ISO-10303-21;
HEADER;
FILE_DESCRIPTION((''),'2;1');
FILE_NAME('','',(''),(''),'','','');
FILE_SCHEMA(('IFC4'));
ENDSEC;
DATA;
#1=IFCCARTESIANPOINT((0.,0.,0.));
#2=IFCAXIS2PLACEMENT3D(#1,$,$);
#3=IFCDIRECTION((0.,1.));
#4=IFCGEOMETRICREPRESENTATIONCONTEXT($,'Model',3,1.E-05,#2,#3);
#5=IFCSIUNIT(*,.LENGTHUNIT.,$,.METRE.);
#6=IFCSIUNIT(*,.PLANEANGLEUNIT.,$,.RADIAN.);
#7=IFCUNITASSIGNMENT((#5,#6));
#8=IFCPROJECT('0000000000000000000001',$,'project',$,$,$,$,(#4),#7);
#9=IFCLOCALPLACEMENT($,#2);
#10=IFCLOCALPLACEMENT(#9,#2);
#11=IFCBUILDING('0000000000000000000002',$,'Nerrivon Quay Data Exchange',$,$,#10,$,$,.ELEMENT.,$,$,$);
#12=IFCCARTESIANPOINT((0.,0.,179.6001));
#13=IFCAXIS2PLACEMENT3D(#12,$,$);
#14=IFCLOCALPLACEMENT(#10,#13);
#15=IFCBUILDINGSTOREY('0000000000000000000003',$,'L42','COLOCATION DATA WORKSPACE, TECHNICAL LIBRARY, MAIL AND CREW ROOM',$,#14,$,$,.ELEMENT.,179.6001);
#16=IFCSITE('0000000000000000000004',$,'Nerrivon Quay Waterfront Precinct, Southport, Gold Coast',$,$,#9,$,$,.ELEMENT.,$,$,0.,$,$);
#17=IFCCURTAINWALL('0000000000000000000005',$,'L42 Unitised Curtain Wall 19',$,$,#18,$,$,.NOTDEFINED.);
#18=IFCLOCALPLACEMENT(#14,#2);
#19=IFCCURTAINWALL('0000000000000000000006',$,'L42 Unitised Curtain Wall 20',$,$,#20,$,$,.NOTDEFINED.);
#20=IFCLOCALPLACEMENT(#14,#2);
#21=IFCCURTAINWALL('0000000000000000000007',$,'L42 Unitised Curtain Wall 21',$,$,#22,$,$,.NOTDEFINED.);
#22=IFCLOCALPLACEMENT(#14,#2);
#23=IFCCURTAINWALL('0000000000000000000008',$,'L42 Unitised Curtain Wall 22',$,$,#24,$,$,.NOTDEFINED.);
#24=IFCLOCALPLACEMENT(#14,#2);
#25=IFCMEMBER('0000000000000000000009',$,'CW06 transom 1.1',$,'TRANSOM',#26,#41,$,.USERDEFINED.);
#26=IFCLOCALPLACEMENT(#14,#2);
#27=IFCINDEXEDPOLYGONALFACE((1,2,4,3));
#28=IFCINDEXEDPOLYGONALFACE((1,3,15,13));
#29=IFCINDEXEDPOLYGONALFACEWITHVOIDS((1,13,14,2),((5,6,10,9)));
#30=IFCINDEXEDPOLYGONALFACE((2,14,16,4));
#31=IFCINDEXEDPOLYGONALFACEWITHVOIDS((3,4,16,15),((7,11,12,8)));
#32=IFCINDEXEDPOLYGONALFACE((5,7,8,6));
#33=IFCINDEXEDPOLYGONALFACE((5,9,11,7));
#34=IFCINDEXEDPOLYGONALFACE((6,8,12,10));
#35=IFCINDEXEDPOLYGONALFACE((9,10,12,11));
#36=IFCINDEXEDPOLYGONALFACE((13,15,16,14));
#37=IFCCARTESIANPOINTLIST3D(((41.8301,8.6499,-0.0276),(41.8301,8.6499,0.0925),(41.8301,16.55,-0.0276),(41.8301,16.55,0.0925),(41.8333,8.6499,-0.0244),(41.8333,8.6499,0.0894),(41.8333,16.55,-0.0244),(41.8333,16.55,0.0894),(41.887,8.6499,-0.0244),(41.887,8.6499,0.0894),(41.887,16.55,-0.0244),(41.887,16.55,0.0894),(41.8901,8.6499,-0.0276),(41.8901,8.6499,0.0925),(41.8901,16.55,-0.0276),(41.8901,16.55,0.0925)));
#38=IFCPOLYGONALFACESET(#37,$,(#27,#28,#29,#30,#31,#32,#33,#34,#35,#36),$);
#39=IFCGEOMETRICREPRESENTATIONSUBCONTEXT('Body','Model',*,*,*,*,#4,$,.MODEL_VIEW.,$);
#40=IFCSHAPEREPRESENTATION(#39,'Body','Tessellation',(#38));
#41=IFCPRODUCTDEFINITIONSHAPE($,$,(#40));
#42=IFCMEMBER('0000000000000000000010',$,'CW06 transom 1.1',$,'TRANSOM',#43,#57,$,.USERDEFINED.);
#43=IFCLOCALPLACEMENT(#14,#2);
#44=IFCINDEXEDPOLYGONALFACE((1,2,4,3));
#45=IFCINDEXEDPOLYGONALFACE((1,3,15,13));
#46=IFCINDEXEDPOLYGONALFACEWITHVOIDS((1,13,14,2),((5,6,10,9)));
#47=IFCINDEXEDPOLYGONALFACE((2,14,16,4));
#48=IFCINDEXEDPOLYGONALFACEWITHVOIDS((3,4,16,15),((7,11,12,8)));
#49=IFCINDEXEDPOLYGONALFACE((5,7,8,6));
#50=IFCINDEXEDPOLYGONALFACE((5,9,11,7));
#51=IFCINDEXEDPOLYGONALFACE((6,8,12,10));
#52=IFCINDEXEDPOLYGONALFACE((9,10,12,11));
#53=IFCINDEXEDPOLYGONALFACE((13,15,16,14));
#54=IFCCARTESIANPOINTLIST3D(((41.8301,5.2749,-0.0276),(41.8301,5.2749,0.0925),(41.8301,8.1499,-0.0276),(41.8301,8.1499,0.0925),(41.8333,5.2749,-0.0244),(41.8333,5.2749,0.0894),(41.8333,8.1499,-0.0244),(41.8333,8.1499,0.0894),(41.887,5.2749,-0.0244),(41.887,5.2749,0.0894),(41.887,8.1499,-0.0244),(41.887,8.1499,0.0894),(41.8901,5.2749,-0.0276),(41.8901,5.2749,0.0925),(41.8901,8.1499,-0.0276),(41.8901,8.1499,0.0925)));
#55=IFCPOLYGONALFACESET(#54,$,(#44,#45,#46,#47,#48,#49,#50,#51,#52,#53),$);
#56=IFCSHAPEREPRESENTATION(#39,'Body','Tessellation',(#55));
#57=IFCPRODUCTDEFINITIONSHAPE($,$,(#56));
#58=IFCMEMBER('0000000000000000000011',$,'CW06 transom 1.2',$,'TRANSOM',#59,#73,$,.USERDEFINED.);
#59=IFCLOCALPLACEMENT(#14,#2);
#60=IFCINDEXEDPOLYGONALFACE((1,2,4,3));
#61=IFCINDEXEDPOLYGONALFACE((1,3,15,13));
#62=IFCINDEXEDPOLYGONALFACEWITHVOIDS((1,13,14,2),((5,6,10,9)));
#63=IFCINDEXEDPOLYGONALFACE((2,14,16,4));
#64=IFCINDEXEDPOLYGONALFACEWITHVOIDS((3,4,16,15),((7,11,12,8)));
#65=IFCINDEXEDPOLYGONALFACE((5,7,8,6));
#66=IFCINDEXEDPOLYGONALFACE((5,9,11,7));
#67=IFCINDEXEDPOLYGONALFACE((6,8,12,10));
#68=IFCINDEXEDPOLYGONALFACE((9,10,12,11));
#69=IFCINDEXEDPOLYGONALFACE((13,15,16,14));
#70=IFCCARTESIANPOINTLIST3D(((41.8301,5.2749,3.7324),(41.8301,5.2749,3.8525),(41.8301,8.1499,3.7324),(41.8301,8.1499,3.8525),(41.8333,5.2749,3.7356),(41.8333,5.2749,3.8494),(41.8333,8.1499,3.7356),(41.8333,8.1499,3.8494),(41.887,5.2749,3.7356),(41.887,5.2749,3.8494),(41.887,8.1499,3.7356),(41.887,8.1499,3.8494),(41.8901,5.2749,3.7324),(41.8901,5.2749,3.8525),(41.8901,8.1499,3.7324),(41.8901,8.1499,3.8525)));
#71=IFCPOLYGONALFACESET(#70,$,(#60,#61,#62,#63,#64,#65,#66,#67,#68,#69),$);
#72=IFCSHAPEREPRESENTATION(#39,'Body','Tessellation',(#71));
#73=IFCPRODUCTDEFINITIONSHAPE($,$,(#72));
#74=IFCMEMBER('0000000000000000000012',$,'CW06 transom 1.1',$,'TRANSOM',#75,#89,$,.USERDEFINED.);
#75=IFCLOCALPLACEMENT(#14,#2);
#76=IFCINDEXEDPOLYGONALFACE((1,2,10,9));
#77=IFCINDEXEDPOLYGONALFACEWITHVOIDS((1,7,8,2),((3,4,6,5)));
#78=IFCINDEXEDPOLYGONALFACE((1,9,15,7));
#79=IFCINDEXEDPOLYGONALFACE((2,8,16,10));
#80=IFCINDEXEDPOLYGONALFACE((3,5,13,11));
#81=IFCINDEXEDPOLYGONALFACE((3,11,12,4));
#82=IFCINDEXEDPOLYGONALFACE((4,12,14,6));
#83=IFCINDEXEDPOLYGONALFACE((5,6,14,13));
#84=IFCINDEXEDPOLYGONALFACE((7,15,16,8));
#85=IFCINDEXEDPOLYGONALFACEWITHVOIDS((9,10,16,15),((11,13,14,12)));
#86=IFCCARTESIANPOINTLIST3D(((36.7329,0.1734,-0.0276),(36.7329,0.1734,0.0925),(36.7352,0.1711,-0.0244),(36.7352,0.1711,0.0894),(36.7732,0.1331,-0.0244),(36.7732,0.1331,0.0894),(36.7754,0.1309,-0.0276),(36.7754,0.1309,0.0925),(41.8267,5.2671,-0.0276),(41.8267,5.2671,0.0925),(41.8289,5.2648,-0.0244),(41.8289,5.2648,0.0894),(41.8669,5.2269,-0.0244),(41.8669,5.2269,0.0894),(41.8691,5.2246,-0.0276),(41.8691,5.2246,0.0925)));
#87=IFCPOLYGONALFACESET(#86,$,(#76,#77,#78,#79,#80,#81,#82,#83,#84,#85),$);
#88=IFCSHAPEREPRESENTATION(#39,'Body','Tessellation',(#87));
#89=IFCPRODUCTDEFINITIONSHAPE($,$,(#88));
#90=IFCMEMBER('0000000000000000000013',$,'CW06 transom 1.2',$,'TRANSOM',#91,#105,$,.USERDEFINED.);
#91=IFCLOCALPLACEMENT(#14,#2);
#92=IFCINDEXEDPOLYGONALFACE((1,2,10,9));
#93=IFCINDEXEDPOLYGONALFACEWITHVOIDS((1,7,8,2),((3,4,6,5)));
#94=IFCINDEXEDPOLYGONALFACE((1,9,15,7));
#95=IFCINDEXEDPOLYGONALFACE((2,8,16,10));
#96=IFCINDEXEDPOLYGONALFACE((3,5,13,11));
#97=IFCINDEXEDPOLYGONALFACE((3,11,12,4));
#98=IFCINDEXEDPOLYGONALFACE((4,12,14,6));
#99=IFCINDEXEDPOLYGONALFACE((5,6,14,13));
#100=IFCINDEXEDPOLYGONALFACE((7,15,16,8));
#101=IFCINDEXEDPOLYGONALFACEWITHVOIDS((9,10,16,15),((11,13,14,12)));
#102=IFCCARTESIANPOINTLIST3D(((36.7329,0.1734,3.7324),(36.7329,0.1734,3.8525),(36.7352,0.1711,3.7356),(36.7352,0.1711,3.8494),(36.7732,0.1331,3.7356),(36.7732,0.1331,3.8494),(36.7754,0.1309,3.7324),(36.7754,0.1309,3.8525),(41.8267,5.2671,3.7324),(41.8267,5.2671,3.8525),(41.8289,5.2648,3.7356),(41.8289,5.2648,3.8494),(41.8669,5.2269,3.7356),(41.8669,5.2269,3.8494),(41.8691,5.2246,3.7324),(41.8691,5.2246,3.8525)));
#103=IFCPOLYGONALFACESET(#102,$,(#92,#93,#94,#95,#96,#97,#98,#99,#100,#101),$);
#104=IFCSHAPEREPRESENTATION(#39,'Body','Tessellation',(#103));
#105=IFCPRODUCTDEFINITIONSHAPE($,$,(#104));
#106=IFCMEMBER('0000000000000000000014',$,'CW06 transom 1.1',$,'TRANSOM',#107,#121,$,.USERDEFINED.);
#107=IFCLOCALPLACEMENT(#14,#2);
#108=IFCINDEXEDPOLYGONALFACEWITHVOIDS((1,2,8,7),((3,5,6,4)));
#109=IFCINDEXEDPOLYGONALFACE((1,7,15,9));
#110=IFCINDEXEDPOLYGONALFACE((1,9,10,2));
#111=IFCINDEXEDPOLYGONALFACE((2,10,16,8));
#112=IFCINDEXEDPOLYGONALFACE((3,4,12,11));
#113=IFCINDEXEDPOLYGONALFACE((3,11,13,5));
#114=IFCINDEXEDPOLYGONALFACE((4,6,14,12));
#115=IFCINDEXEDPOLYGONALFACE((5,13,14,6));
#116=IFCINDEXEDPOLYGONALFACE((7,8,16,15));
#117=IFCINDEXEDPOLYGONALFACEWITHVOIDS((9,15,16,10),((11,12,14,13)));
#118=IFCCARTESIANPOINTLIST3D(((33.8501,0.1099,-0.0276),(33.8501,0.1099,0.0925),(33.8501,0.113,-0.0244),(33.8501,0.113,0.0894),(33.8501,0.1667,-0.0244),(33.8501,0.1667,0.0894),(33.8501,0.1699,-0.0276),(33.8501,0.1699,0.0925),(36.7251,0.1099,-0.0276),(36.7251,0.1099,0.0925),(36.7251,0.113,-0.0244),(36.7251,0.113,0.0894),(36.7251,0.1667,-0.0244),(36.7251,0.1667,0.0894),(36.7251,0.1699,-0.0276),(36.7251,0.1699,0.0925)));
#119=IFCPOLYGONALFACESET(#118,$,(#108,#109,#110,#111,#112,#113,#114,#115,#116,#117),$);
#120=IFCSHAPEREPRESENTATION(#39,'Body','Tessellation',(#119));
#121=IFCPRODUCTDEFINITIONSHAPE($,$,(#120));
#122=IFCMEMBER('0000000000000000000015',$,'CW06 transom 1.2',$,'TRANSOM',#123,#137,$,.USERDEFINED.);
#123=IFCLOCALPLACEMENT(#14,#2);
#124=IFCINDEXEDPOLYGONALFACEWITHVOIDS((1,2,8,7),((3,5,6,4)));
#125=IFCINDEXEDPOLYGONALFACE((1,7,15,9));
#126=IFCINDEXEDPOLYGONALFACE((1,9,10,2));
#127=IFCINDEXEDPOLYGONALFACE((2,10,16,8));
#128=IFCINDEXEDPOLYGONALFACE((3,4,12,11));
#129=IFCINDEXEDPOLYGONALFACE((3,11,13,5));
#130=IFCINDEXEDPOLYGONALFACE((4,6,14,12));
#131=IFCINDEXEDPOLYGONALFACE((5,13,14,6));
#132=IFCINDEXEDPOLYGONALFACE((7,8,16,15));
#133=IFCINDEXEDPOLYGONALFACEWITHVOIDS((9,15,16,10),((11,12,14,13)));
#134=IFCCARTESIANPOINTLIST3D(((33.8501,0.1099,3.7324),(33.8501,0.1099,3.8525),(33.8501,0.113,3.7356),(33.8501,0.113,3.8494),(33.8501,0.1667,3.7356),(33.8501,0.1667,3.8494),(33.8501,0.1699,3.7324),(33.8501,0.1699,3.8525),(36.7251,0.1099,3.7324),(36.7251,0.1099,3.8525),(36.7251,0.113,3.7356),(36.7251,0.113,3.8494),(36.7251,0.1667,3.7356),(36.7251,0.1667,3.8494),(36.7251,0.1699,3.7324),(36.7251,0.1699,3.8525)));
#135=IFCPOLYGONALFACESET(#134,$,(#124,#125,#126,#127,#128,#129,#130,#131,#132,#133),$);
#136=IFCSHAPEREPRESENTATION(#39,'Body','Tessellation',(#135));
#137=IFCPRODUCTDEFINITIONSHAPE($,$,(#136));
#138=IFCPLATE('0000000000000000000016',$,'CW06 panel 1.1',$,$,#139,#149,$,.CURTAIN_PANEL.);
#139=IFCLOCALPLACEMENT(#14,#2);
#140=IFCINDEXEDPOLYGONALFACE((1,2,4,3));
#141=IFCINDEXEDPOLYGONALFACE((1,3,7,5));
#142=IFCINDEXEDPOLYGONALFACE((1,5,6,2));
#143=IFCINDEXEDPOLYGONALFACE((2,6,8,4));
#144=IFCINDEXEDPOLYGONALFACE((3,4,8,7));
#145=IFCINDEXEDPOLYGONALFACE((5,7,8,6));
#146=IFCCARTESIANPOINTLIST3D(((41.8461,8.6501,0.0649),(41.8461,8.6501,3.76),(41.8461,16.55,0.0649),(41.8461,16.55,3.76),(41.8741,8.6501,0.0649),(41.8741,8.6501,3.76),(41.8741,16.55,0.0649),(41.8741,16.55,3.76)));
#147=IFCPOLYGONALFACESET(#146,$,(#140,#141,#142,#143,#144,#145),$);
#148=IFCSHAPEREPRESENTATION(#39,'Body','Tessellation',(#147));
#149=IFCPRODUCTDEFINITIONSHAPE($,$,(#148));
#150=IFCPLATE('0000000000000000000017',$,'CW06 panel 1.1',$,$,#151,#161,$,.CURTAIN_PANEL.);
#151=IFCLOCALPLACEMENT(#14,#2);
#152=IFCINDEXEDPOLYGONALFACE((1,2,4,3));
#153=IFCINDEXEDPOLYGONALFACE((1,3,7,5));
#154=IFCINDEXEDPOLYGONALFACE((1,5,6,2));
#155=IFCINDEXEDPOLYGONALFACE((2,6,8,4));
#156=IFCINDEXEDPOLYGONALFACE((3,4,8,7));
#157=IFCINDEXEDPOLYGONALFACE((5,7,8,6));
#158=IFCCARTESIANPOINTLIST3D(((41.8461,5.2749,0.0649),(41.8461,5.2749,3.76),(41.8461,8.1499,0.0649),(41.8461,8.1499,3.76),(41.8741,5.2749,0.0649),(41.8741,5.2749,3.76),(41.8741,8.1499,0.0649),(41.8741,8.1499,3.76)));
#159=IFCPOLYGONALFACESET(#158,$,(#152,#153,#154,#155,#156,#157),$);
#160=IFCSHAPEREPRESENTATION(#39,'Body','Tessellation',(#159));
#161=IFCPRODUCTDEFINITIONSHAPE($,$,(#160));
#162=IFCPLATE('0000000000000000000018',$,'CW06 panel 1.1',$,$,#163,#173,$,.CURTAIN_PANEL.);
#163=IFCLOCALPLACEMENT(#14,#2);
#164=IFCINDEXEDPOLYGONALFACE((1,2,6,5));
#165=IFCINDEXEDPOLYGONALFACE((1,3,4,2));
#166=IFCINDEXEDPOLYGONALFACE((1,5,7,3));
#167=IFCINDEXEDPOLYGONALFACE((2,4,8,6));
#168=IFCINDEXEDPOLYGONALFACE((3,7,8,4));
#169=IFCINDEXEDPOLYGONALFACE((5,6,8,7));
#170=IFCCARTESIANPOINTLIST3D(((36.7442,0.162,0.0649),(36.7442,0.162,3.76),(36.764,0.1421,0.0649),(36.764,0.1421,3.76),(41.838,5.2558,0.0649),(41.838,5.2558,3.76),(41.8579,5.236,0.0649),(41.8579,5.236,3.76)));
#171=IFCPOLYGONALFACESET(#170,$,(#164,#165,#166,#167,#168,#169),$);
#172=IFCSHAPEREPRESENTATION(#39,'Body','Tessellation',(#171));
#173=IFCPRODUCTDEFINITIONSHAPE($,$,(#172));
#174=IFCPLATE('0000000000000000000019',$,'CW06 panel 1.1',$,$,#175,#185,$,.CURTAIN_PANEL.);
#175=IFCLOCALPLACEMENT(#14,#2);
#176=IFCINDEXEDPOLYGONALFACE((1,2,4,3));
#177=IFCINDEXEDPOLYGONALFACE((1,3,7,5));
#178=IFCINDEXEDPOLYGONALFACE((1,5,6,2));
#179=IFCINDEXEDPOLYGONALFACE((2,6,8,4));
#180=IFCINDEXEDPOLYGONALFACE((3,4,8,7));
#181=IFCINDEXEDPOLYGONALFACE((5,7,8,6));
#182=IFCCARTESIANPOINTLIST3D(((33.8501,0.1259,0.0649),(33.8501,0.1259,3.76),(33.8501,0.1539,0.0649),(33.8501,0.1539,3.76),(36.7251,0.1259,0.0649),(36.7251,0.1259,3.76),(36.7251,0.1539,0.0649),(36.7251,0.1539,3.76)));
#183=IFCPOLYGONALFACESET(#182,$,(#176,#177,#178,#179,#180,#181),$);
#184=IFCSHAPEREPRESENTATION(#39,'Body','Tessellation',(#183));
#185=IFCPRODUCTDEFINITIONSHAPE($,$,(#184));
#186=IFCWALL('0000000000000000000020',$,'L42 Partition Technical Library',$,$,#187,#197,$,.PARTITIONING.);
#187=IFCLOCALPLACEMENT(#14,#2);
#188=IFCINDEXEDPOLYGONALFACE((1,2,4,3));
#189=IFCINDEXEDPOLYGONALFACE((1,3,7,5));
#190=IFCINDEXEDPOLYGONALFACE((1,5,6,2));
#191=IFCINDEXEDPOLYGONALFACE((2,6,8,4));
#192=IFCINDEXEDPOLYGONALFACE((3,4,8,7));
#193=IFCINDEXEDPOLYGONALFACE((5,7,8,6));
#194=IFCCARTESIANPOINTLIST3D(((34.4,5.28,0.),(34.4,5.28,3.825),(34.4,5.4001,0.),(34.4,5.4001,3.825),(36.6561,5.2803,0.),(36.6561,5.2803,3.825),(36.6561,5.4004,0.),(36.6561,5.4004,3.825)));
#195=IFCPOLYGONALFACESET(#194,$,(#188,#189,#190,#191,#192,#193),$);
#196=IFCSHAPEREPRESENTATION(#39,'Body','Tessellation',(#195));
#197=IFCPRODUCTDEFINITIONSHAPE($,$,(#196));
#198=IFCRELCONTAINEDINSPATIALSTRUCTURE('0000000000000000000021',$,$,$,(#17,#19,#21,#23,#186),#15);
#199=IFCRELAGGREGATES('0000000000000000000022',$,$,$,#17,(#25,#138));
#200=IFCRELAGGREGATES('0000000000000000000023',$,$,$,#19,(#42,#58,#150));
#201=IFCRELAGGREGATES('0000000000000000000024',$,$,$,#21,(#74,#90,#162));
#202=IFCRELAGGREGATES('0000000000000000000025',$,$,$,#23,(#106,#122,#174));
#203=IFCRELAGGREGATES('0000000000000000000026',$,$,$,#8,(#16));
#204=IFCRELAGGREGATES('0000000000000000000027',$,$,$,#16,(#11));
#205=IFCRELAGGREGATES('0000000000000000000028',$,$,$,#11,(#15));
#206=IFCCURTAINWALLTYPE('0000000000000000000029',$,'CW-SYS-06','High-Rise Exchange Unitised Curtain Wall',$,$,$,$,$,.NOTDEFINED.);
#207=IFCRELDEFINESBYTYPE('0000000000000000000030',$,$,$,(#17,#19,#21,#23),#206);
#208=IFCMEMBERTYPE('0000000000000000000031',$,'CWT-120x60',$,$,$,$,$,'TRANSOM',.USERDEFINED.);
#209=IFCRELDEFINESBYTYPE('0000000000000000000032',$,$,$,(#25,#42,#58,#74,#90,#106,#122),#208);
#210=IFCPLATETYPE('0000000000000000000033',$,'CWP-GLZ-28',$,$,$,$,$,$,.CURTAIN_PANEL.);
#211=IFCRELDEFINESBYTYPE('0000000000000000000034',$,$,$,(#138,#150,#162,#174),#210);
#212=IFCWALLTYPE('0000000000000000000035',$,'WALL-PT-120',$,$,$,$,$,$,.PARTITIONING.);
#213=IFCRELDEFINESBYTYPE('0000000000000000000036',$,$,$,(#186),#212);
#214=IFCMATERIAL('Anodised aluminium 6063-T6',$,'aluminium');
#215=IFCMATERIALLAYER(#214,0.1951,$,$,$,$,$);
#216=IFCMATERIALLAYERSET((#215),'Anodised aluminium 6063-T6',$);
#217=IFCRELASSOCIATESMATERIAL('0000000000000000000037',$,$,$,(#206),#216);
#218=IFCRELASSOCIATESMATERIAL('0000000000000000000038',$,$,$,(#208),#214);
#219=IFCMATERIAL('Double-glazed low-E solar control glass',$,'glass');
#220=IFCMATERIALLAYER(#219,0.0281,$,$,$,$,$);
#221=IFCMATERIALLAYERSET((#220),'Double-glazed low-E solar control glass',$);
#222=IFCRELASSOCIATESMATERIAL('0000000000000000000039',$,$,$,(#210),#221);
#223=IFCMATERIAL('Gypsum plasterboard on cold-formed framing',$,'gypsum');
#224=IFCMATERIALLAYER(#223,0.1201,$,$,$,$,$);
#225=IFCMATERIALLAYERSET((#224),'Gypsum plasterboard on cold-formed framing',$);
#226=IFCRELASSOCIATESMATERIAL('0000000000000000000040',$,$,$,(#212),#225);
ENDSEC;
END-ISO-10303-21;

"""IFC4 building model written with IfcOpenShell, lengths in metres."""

from ifc_helpers import new_model, si_unit, direction, frame, frame_2d, origin, origin_2d, place, context, subcontext, project, spatial, rectangle, hollow_rectangle, extrude, material, layer, layer_set, material_profile, profile_set, type_object, element, aggregate, save


model = new_model("IFC4")

# Units and contexts
model_context = context("Model", 3, precision=1e-05, world=origin(), true_north=direction((0.0, 1.0)))
body_context = subcontext(model_context, "Body", "Model", "MODEL_VIEW")
ifc_project = project(units=[si_unit("LENGTHUNIT", "METRE"), si_unit("PLANEANGLEUNIT", "RADIAN")], contexts=[model_context])

# Site, building, storey
site_placement = place(None, origin())
site = spatial("IfcSite", under=ifc_project, at=site_placement, Name="Nerrivon Quay Waterfront Precinct, Southport, Gold Coast", CompositionType="ELEMENT", RefElevation=0.0)
building_placement = place(site_placement, origin())
building = spatial("IfcBuilding", under=site, at=building_placement, Name="Nerrivon Quay Data Exchange", CompositionType="ELEMENT")
storey_placement = place(building_placement, frame((0.0, 0.0, 179.6001)))
storey = spatial("IfcBuildingStorey", under=building, at=storey_placement, Name="L42", Description="COLOCATION DATA WORKSPACE, TECHNICAL LIBRARY, MAIL AND CREW ROOM", CompositionType="ELEMENT", Elevation=179.6001)

# Curtain wall
ifc_material_1 = material(Name="Anodised aluminium 6063-T6", Category="aluminium")
ifc_layer_1 = layer(ifc_material_1, 0.1951)
ifc_layer_set_1 = layer_set([ifc_layer_1], Name="Anodised aluminium 6063-T6")
curtain_wall_type = type_object("IfcCurtainWallType", Name="CW-SYS-06", Description="High-Rise Exchange Unitised Curtain Wall", PredefinedType="NOTDEFINED", material=ifc_layer_set_1)
curtain_wall_1_placement = place(storey_placement, origin())
curtain_wall_1 = element("IfcCurtainWall", 1, at=curtain_wall_1_placement, inside=storey, type_object=curtain_wall_type, Name="L42 Unitised Curtain Wall 19", PredefinedType="NOTDEFINED")

# Curtain walls
curtain_wall_2_placement = place(storey_placement, origin())
curtain_wall_2 = element("IfcCurtainWall", 2, at=curtain_wall_2_placement, inside=storey, type_object=curtain_wall_type, Name="L42 Unitised Curtain Wall 20", PredefinedType="NOTDEFINED")
curtain_wall_3_placement = place(storey_placement, origin())
curtain_wall_3 = element("IfcCurtainWall", 3, at=curtain_wall_3_placement, inside=storey, type_object=curtain_wall_type, Name="L42 Unitised Curtain Wall 21", PredefinedType="NOTDEFINED")
curtain_wall_4_placement = place(storey_placement, origin())
curtain_wall_4 = element("IfcCurtainWall", 4, at=curtain_wall_4_placement, inside=storey, type_object=curtain_wall_type, Name="L42 Unitised Curtain Wall 22", PredefinedType="NOTDEFINED")

# Members
ifc_material_profile_1 = material_profile(ifc_material_1, hollow_rectangle(XDim=0.0601, YDim=0.1201, WallThickness=0.0032, at=origin_2d()), Name="ALU-TRAN-120x60")
ifc_profile_set_1 = profile_set([ifc_material_profile_1], Name="Anodised aluminium 6063-T6")
member_type_1 = type_object("IfcMemberType", Name="CWT-120x60", ElementType="TRANSOM", PredefinedType="USERDEFINED", material=ifc_profile_set_1)
member_1_placement = place(storey_placement, frame((41.8601, 16.55, 0.0325), z_axis=(0.0, -1.0, 0.0), x_axis=(1.0, 0.0, 0.0)))
member_1 = element("IfcMember", 5, at=member_1_placement, type_object=member_type_1, Name="CW06 transom 1.1", ObjectType="TRANSOM", PredefinedType="USERDEFINED", context=body_context, shape_type="SweptSolid", body=[
    extrude(hollow_rectangle(XDim=0.0601, YDim=0.1201, WallThickness=0.0032, at=origin_2d()), origin(), (0.0, 0.0, 1.0), 7.9001),
])
member_2_placement = place(storey_placement, frame((41.8601, 8.1499, 0.0325), z_axis=(0.0, -1.0, 0.0), x_axis=(1.0, 0.0, 0.0)))
member_2 = element("IfcMember", 6, at=member_2_placement, type_object=member_type_1, Name="CW06 transom 1.1", ObjectType="TRANSOM", PredefinedType="USERDEFINED", context=body_context, shape_type="SweptSolid", body=[
    extrude(hollow_rectangle(XDim=0.0601, YDim=0.1201, WallThickness=0.0032, at=origin_2d()), origin(), (0.0, 0.0, 1.0), 2.875),
])
member_3_placement = place(storey_placement, frame((41.8601, 8.1499, 3.7925), z_axis=(0.0, -1.0, 0.0), x_axis=(1.0, 0.0, 0.0)))
member_3 = element("IfcMember", 7, at=member_3_placement, type_object=member_type_1, Name="CW06 transom 1.2", ObjectType="TRANSOM", PredefinedType="USERDEFINED", context=body_context, shape_type="SweptSolid", body=[
    extrude(hollow_rectangle(XDim=0.0601, YDim=0.1201, WallThickness=0.0032, at=origin_2d()), origin(), (0.0, 0.0, 1.0), 2.875),
])
member_4_placement = place(storey_placement, frame((41.8479, 5.2458, 0.0325), z_axis=(-0.707107, -0.707107, 0.0), x_axis=(0.707107, -0.707107, 0.0)))
member_4 = element("IfcMember", 8, at=member_4_placement, type_object=member_type_1, Name="CW06 transom 1.1", ObjectType="TRANSOM", PredefinedType="USERDEFINED", context=body_context, shape_type="SweptSolid", body=[
    extrude(hollow_rectangle(XDim=0.0601, YDim=0.1201, WallThickness=0.0032, at=origin_2d()), origin(), (0.0, 0.0, 1.0), 7.2036),
])
member_5_placement = place(storey_placement, frame((41.8479, 5.2458, 3.7925), z_axis=(-0.707107, -0.707107, 0.0), x_axis=(0.707107, -0.707107, 0.0)))
member_5 = element("IfcMember", 9, at=member_5_placement, type_object=member_type_1, Name="CW06 transom 1.2", ObjectType="TRANSOM", PredefinedType="USERDEFINED", context=body_context, shape_type="SweptSolid", body=[
    extrude(hollow_rectangle(XDim=0.0601, YDim=0.1201, WallThickness=0.0032, at=origin_2d()), origin(), (0.0, 0.0, 1.0), 7.2036),
])
member_6_placement = place(storey_placement, frame((36.7251, 0.1399, 0.0325), z_axis=(-1.0, 0.0, 0.0), x_axis=(0.0, -1.0, 0.0)))
member_6 = element("IfcMember", 10, at=member_6_placement, type_object=member_type_1, Name="CW06 transom 1.1", ObjectType="TRANSOM", PredefinedType="USERDEFINED", context=body_context, shape_type="SweptSolid", body=[
    extrude(hollow_rectangle(XDim=0.0601, YDim=0.1201, WallThickness=0.0032, at=origin_2d()), origin(), (0.0, 0.0, 1.0), 2.875),
])
member_7_placement = place(storey_placement, frame((36.7251, 0.1399, 3.7925), z_axis=(-1.0, 0.0, 0.0), x_axis=(0.0, -1.0, 0.0)))
member_7 = element("IfcMember", 11, at=member_7_placement, type_object=member_type_1, Name="CW06 transom 1.2", ObjectType="TRANSOM", PredefinedType="USERDEFINED", context=body_context, shape_type="SweptSolid", body=[
    extrude(hollow_rectangle(XDim=0.0601, YDim=0.1201, WallThickness=0.0032, at=origin_2d()), origin(), (0.0, 0.0, 1.0), 2.875),
])

# Plates
ifc_material_2 = material(Name="Double-glazed low-E solar control glass", Category="glass")
ifc_layer_2 = layer(ifc_material_2, 0.0281)
ifc_layer_set_2 = layer_set([ifc_layer_2], Name="Double-glazed low-E solar control glass")
plate_type = type_object("IfcPlateType", Name="CWP-GLZ-28", PredefinedType="CURTAIN_PANEL", material=ifc_layer_set_2)
plate_1_placement = place(storey_placement, frame((41.8601, 12.6001, 0.0649), z_axis=(0.0, 0.0, 1.0), x_axis=(0.0, -1.0, 0.0)))
plate_1 = element("IfcPlate", 12, at=plate_1_placement, type_object=plate_type, Name="CW06 panel 1.1", PredefinedType="CURTAIN_PANEL", context=body_context, shape_type="SweptSolid", body=[
    extrude(rectangle(XDim=7.8999, YDim=0.0281, at=origin_2d()), origin(), (0.0, 0.0, 1.0), 3.6951),
])
aggregate(curtain_wall_1, [member_1, plate_1])
plate_2_placement = place(storey_placement, frame((41.8601, 6.7124, 0.0649), z_axis=(0.0, 0.0, 1.0), x_axis=(0.0, -1.0, 0.0)))
plate_2 = element("IfcPlate", 13, at=plate_2_placement, type_object=plate_type, Name="CW06 panel 1.1", PredefinedType="CURTAIN_PANEL", context=body_context, shape_type="SweptSolid", body=[
    extrude(rectangle(XDim=2.875, YDim=0.0281, at=origin_2d()), origin(), (0.0, 0.0, 1.0), 3.6951),
])
aggregate(curtain_wall_2, [member_2, member_3, plate_2])
plate_3_placement = place(storey_placement, frame((39.301, 2.699, 0.0649), z_axis=(0.0, 0.0, 1.0), x_axis=(-0.707107, -0.707107, 0.0)))
plate_3 = element("IfcPlate", 14, at=plate_3_placement, type_object=plate_type, Name="CW06 panel 1.1", PredefinedType="CURTAIN_PANEL", context=body_context, shape_type="SweptSolid", body=[
    extrude(rectangle(XDim=7.2039, YDim=0.0281, at=origin_2d()), origin(), (0.0, 0.0, 1.0), 3.6951),
])
aggregate(curtain_wall_3, [member_4, member_5, plate_3])
plate_4_placement = place(storey_placement, frame((35.2876, 0.1399, 0.0649), z_axis=(0.0, 0.0, 1.0), x_axis=(-1.0, 0.0, 0.0)))
plate_4 = element("IfcPlate", 15, at=plate_4_placement, type_object=plate_type, Name="CW06 panel 1.1", PredefinedType="CURTAIN_PANEL", context=body_context, shape_type="SweptSolid", body=[
    extrude(rectangle(XDim=2.875, YDim=0.0281, at=origin_2d()), origin(), (0.0, 0.0, 1.0), 3.6951),
])
aggregate(curtain_wall_4, [member_6, member_7, plate_4])

# Wall
ifc_material_3 = material(Name="Gypsum plasterboard on cold-formed framing", Category="gypsum")
ifc_layer_3 = layer(ifc_material_3, 0.1201)
ifc_layer_set_3 = layer_set([ifc_layer_3], Name="Gypsum plasterboard on cold-formed framing")
wall_type_1 = type_object("IfcWallType", Name="WALL-PT-120", PredefinedType="PARTITIONING", material=ifc_layer_set_3)
wall_1_placement = place(storey_placement, frame((36.656, 5.3403, 0.0), z_axis=(0.0, 0.0, 1.0), x_axis=(-1.0, -0.000108, 0.0)))
element("IfcWall", 16, at=wall_1_placement, inside=storey, type_object=wall_type_1, Name="L42 Partition Technical Library", PredefinedType="PARTITIONING", context=body_context, shape_type="SweptSolid", body=[
    extrude(rectangle(XDim=2.2561, YDim=0.1201, at=frame_2d((1.1279, 0.0))), origin(), (0.0, 0.0, 1.0), 3.825),
])

save(model, "model.ifc")
